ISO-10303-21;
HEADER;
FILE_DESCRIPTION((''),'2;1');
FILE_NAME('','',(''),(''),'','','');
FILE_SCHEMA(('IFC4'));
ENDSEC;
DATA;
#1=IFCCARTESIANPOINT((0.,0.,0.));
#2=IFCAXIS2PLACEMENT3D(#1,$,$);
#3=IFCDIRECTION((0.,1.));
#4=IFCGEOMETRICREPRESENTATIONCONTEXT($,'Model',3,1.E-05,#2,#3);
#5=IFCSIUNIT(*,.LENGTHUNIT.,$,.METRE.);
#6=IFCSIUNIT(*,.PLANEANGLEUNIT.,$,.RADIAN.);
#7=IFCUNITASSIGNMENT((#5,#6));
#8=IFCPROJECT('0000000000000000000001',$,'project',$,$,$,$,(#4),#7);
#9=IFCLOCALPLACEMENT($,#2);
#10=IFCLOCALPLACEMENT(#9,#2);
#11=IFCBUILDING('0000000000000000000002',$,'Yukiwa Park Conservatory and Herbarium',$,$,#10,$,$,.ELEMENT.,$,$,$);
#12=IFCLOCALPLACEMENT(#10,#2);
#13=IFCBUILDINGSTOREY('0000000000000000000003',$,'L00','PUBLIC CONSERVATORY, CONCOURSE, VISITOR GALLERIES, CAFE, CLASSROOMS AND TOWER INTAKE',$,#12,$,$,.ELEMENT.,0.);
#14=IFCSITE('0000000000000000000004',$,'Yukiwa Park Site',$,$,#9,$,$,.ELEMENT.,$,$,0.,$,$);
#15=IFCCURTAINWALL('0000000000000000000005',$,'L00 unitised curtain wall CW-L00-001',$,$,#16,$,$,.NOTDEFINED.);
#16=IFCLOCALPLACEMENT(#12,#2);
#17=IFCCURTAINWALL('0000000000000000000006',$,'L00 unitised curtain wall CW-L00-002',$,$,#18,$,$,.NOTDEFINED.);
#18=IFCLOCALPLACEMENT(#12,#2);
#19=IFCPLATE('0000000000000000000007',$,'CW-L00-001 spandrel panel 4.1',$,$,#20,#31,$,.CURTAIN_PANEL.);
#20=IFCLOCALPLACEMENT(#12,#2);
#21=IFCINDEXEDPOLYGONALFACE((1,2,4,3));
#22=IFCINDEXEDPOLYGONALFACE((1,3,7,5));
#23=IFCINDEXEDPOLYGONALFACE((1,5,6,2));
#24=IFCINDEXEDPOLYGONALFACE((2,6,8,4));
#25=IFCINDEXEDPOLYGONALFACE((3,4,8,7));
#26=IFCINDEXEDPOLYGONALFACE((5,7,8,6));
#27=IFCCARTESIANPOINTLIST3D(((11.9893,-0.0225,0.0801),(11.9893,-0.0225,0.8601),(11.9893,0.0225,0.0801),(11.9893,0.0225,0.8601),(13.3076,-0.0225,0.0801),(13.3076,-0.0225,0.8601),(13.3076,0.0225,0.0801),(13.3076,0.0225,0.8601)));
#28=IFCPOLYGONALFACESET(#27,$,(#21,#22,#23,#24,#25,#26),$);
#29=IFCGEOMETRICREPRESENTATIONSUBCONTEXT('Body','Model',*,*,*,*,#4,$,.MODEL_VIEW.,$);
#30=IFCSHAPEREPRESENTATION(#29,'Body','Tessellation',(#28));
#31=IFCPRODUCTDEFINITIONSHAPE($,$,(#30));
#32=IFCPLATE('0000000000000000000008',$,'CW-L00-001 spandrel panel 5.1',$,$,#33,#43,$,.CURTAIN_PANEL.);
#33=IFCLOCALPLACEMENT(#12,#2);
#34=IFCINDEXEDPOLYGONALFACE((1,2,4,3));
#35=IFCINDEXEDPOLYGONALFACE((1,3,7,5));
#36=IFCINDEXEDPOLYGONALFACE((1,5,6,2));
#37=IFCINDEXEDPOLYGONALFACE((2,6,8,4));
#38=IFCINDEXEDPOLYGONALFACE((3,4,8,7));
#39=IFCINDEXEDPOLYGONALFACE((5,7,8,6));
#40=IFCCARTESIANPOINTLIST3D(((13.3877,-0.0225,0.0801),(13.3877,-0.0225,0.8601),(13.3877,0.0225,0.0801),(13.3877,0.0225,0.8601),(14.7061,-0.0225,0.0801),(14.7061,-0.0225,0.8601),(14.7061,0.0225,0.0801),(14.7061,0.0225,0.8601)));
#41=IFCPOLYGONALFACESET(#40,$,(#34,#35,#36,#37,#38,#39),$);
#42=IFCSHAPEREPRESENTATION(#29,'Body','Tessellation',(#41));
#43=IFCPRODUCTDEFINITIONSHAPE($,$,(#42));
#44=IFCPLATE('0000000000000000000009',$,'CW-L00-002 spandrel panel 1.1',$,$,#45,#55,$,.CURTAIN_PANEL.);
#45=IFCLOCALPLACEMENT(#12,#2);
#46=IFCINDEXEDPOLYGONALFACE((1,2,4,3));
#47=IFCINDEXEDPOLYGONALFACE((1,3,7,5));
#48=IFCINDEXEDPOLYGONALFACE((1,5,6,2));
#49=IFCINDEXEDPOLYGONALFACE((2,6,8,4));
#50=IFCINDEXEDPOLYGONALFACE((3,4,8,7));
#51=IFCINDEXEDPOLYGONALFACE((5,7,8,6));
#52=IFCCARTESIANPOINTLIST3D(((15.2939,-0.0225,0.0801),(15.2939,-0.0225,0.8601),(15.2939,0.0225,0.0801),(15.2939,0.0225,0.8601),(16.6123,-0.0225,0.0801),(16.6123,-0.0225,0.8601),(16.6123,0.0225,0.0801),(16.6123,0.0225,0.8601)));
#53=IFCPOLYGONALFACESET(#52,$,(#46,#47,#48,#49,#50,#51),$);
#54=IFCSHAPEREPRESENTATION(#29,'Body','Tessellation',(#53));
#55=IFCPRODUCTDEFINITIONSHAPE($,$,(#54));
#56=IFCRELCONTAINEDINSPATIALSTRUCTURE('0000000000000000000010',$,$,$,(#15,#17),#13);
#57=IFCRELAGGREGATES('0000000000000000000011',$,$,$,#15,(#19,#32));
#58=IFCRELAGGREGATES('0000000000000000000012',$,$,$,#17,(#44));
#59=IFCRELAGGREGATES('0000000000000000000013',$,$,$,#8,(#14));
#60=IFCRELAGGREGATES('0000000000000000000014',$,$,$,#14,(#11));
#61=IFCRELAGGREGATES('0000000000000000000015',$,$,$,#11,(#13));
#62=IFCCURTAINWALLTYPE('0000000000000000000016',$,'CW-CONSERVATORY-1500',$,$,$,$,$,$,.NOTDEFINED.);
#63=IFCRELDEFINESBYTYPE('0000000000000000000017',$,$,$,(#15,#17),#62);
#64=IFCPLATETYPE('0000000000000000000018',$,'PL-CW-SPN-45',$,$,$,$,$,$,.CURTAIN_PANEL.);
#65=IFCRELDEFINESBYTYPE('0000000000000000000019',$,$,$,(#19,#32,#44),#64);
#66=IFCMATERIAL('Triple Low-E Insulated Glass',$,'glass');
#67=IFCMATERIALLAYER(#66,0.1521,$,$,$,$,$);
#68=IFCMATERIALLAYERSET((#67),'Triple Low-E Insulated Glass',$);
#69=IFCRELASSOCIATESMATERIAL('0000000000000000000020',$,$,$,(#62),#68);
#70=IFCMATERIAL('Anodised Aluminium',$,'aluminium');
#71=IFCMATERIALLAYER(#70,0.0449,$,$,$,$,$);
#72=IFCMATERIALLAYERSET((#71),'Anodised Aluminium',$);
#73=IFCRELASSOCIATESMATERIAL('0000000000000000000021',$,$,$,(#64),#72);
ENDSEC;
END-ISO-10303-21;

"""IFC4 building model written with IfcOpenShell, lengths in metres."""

from ifc_helpers import new_model, si_unit, direction, frame, origin, origin_2d, place, context, subcontext, project, spatial, rectangle, extrude, material, layer, layer_set, type_object, element, aggregate, save


model = new_model("IFC4")

# Units and contexts
model_context = context("Model", 3, precision=1e-05, world=origin(), true_north=direction((0.0, 1.0)))
body_context = subcontext(model_context, "Body", "Model", "MODEL_VIEW")
ifc_project = project(units=[si_unit("LENGTHUNIT", "METRE"), si_unit("PLANEANGLEUNIT", "RADIAN")], contexts=[model_context])

# Site, building, storey
site_placement = place(None, origin())
site = spatial("IfcSite", under=ifc_project, at=site_placement, Name="Yukiwa Park Site", CompositionType="ELEMENT", RefElevation=0.0)
building_placement = place(site_placement, origin())
building = spatial("IfcBuilding", under=site, at=building_placement, Name="Yukiwa Park Conservatory and Herbarium", CompositionType="ELEMENT")
storey_placement = place(building_placement, origin())
storey = spatial("IfcBuildingStorey", under=building, at=storey_placement, Name="L00", Description="PUBLIC CONSERVATORY, CONCOURSE, VISITOR GALLERIES, CAFE, CLASSROOMS AND TOWER INTAKE", CompositionType="ELEMENT", Elevation=0.0)

# Curtain wall
ifc_material_1 = material(Name="Triple Low-E Insulated Glass", Category="glass")
ifc_layer_1 = layer(ifc_material_1, 0.1521)
ifc_layer_set_1 = layer_set([ifc_layer_1], Name="Triple Low-E Insulated Glass")
curtain_wall_type = type_object("IfcCurtainWallType", Name="CW-CONSERVATORY-1500", PredefinedType="NOTDEFINED", material=ifc_layer_set_1)
curtain_wall_1_placement = place(storey_placement, origin())
curtain_wall_1 = element("IfcCurtainWall", 1, at=curtain_wall_1_placement, inside=storey, type_object=curtain_wall_type, Name="L00 unitised curtain wall CW-L00-001", PredefinedType="NOTDEFINED")

# Curtain wall
curtain_wall_2_placement = place(storey_placement, origin())
curtain_wall_2 = element("IfcCurtainWall", 2, at=curtain_wall_2_placement, inside=storey, type_object=curtain_wall_type, Name="L00 unitised curtain wall CW-L00-002", PredefinedType="NOTDEFINED")

# Plates
ifc_material_2 = material(Name="Anodised Aluminium", Category="aluminium")
ifc_layer_2 = layer(ifc_material_2, 0.0449)
ifc_layer_set_2 = layer_set([ifc_layer_2], Name="Anodised Aluminium")
plate_type_1 = type_object("IfcPlateType", Name="PL-CW-SPN-45", PredefinedType="CURTAIN_PANEL", material=ifc_layer_set_2)
plate_1_placement = place(storey_placement, frame((12.6484, 0.0, 0.0801), z_axis=(0.0, 0.0, 1.0), x_axis=(1.0, 0.0, 0.0)))
plate_1 = element("IfcPlate", 3, at=plate_1_placement, type_object=plate_type_1, Name="CW-L00-001 spandrel panel 4.1", PredefinedType="CURTAIN_PANEL", context=body_context, shape_type="SweptSolid", body=[
    extrude(rectangle(XDim=1.3184, YDim=0.0449, at=origin_2d()), origin(), (0.0, 0.0, 1.0), 0.78),
])
plate_2_placement = place(storey_placement, frame((14.0469, 0.0, 0.0801), z_axis=(0.0, 0.0, 1.0), x_axis=(1.0, 0.0, 0.0)))
plate_2 = element("IfcPlate", 4, at=plate_2_placement, type_object=plate_type_1, Name="CW-L00-001 spandrel panel 5.1", PredefinedType="CURTAIN_PANEL", context=body_context, shape_type="SweptSolid", body=[
    extrude(rectangle(XDim=1.3184, YDim=0.0449, at=origin_2d()), origin(), (0.0, 0.0, 1.0), 0.78),
])
aggregate(curtain_wall_1, [plate_1, plate_2])
plate_3_placement = place(storey_placement, frame((15.9531, 0.0, 0.0801), z_axis=(0.0, 0.0, 1.0), x_axis=(1.0, 0.0, 0.0)))
plate_3 = element("IfcPlate", 5, at=plate_3_placement, type_object=plate_type_1, Name="CW-L00-002 spandrel panel 1.1", PredefinedType="CURTAIN_PANEL", context=body_context, shape_type="SweptSolid", body=[
    extrude(rectangle(XDim=1.3184, YDim=0.0449, at=origin_2d()), origin(), (0.0, 0.0, 1.0), 0.78),
])
aggregate(curtain_wall_2, [plate_3])

save(model, "model.ifc")
